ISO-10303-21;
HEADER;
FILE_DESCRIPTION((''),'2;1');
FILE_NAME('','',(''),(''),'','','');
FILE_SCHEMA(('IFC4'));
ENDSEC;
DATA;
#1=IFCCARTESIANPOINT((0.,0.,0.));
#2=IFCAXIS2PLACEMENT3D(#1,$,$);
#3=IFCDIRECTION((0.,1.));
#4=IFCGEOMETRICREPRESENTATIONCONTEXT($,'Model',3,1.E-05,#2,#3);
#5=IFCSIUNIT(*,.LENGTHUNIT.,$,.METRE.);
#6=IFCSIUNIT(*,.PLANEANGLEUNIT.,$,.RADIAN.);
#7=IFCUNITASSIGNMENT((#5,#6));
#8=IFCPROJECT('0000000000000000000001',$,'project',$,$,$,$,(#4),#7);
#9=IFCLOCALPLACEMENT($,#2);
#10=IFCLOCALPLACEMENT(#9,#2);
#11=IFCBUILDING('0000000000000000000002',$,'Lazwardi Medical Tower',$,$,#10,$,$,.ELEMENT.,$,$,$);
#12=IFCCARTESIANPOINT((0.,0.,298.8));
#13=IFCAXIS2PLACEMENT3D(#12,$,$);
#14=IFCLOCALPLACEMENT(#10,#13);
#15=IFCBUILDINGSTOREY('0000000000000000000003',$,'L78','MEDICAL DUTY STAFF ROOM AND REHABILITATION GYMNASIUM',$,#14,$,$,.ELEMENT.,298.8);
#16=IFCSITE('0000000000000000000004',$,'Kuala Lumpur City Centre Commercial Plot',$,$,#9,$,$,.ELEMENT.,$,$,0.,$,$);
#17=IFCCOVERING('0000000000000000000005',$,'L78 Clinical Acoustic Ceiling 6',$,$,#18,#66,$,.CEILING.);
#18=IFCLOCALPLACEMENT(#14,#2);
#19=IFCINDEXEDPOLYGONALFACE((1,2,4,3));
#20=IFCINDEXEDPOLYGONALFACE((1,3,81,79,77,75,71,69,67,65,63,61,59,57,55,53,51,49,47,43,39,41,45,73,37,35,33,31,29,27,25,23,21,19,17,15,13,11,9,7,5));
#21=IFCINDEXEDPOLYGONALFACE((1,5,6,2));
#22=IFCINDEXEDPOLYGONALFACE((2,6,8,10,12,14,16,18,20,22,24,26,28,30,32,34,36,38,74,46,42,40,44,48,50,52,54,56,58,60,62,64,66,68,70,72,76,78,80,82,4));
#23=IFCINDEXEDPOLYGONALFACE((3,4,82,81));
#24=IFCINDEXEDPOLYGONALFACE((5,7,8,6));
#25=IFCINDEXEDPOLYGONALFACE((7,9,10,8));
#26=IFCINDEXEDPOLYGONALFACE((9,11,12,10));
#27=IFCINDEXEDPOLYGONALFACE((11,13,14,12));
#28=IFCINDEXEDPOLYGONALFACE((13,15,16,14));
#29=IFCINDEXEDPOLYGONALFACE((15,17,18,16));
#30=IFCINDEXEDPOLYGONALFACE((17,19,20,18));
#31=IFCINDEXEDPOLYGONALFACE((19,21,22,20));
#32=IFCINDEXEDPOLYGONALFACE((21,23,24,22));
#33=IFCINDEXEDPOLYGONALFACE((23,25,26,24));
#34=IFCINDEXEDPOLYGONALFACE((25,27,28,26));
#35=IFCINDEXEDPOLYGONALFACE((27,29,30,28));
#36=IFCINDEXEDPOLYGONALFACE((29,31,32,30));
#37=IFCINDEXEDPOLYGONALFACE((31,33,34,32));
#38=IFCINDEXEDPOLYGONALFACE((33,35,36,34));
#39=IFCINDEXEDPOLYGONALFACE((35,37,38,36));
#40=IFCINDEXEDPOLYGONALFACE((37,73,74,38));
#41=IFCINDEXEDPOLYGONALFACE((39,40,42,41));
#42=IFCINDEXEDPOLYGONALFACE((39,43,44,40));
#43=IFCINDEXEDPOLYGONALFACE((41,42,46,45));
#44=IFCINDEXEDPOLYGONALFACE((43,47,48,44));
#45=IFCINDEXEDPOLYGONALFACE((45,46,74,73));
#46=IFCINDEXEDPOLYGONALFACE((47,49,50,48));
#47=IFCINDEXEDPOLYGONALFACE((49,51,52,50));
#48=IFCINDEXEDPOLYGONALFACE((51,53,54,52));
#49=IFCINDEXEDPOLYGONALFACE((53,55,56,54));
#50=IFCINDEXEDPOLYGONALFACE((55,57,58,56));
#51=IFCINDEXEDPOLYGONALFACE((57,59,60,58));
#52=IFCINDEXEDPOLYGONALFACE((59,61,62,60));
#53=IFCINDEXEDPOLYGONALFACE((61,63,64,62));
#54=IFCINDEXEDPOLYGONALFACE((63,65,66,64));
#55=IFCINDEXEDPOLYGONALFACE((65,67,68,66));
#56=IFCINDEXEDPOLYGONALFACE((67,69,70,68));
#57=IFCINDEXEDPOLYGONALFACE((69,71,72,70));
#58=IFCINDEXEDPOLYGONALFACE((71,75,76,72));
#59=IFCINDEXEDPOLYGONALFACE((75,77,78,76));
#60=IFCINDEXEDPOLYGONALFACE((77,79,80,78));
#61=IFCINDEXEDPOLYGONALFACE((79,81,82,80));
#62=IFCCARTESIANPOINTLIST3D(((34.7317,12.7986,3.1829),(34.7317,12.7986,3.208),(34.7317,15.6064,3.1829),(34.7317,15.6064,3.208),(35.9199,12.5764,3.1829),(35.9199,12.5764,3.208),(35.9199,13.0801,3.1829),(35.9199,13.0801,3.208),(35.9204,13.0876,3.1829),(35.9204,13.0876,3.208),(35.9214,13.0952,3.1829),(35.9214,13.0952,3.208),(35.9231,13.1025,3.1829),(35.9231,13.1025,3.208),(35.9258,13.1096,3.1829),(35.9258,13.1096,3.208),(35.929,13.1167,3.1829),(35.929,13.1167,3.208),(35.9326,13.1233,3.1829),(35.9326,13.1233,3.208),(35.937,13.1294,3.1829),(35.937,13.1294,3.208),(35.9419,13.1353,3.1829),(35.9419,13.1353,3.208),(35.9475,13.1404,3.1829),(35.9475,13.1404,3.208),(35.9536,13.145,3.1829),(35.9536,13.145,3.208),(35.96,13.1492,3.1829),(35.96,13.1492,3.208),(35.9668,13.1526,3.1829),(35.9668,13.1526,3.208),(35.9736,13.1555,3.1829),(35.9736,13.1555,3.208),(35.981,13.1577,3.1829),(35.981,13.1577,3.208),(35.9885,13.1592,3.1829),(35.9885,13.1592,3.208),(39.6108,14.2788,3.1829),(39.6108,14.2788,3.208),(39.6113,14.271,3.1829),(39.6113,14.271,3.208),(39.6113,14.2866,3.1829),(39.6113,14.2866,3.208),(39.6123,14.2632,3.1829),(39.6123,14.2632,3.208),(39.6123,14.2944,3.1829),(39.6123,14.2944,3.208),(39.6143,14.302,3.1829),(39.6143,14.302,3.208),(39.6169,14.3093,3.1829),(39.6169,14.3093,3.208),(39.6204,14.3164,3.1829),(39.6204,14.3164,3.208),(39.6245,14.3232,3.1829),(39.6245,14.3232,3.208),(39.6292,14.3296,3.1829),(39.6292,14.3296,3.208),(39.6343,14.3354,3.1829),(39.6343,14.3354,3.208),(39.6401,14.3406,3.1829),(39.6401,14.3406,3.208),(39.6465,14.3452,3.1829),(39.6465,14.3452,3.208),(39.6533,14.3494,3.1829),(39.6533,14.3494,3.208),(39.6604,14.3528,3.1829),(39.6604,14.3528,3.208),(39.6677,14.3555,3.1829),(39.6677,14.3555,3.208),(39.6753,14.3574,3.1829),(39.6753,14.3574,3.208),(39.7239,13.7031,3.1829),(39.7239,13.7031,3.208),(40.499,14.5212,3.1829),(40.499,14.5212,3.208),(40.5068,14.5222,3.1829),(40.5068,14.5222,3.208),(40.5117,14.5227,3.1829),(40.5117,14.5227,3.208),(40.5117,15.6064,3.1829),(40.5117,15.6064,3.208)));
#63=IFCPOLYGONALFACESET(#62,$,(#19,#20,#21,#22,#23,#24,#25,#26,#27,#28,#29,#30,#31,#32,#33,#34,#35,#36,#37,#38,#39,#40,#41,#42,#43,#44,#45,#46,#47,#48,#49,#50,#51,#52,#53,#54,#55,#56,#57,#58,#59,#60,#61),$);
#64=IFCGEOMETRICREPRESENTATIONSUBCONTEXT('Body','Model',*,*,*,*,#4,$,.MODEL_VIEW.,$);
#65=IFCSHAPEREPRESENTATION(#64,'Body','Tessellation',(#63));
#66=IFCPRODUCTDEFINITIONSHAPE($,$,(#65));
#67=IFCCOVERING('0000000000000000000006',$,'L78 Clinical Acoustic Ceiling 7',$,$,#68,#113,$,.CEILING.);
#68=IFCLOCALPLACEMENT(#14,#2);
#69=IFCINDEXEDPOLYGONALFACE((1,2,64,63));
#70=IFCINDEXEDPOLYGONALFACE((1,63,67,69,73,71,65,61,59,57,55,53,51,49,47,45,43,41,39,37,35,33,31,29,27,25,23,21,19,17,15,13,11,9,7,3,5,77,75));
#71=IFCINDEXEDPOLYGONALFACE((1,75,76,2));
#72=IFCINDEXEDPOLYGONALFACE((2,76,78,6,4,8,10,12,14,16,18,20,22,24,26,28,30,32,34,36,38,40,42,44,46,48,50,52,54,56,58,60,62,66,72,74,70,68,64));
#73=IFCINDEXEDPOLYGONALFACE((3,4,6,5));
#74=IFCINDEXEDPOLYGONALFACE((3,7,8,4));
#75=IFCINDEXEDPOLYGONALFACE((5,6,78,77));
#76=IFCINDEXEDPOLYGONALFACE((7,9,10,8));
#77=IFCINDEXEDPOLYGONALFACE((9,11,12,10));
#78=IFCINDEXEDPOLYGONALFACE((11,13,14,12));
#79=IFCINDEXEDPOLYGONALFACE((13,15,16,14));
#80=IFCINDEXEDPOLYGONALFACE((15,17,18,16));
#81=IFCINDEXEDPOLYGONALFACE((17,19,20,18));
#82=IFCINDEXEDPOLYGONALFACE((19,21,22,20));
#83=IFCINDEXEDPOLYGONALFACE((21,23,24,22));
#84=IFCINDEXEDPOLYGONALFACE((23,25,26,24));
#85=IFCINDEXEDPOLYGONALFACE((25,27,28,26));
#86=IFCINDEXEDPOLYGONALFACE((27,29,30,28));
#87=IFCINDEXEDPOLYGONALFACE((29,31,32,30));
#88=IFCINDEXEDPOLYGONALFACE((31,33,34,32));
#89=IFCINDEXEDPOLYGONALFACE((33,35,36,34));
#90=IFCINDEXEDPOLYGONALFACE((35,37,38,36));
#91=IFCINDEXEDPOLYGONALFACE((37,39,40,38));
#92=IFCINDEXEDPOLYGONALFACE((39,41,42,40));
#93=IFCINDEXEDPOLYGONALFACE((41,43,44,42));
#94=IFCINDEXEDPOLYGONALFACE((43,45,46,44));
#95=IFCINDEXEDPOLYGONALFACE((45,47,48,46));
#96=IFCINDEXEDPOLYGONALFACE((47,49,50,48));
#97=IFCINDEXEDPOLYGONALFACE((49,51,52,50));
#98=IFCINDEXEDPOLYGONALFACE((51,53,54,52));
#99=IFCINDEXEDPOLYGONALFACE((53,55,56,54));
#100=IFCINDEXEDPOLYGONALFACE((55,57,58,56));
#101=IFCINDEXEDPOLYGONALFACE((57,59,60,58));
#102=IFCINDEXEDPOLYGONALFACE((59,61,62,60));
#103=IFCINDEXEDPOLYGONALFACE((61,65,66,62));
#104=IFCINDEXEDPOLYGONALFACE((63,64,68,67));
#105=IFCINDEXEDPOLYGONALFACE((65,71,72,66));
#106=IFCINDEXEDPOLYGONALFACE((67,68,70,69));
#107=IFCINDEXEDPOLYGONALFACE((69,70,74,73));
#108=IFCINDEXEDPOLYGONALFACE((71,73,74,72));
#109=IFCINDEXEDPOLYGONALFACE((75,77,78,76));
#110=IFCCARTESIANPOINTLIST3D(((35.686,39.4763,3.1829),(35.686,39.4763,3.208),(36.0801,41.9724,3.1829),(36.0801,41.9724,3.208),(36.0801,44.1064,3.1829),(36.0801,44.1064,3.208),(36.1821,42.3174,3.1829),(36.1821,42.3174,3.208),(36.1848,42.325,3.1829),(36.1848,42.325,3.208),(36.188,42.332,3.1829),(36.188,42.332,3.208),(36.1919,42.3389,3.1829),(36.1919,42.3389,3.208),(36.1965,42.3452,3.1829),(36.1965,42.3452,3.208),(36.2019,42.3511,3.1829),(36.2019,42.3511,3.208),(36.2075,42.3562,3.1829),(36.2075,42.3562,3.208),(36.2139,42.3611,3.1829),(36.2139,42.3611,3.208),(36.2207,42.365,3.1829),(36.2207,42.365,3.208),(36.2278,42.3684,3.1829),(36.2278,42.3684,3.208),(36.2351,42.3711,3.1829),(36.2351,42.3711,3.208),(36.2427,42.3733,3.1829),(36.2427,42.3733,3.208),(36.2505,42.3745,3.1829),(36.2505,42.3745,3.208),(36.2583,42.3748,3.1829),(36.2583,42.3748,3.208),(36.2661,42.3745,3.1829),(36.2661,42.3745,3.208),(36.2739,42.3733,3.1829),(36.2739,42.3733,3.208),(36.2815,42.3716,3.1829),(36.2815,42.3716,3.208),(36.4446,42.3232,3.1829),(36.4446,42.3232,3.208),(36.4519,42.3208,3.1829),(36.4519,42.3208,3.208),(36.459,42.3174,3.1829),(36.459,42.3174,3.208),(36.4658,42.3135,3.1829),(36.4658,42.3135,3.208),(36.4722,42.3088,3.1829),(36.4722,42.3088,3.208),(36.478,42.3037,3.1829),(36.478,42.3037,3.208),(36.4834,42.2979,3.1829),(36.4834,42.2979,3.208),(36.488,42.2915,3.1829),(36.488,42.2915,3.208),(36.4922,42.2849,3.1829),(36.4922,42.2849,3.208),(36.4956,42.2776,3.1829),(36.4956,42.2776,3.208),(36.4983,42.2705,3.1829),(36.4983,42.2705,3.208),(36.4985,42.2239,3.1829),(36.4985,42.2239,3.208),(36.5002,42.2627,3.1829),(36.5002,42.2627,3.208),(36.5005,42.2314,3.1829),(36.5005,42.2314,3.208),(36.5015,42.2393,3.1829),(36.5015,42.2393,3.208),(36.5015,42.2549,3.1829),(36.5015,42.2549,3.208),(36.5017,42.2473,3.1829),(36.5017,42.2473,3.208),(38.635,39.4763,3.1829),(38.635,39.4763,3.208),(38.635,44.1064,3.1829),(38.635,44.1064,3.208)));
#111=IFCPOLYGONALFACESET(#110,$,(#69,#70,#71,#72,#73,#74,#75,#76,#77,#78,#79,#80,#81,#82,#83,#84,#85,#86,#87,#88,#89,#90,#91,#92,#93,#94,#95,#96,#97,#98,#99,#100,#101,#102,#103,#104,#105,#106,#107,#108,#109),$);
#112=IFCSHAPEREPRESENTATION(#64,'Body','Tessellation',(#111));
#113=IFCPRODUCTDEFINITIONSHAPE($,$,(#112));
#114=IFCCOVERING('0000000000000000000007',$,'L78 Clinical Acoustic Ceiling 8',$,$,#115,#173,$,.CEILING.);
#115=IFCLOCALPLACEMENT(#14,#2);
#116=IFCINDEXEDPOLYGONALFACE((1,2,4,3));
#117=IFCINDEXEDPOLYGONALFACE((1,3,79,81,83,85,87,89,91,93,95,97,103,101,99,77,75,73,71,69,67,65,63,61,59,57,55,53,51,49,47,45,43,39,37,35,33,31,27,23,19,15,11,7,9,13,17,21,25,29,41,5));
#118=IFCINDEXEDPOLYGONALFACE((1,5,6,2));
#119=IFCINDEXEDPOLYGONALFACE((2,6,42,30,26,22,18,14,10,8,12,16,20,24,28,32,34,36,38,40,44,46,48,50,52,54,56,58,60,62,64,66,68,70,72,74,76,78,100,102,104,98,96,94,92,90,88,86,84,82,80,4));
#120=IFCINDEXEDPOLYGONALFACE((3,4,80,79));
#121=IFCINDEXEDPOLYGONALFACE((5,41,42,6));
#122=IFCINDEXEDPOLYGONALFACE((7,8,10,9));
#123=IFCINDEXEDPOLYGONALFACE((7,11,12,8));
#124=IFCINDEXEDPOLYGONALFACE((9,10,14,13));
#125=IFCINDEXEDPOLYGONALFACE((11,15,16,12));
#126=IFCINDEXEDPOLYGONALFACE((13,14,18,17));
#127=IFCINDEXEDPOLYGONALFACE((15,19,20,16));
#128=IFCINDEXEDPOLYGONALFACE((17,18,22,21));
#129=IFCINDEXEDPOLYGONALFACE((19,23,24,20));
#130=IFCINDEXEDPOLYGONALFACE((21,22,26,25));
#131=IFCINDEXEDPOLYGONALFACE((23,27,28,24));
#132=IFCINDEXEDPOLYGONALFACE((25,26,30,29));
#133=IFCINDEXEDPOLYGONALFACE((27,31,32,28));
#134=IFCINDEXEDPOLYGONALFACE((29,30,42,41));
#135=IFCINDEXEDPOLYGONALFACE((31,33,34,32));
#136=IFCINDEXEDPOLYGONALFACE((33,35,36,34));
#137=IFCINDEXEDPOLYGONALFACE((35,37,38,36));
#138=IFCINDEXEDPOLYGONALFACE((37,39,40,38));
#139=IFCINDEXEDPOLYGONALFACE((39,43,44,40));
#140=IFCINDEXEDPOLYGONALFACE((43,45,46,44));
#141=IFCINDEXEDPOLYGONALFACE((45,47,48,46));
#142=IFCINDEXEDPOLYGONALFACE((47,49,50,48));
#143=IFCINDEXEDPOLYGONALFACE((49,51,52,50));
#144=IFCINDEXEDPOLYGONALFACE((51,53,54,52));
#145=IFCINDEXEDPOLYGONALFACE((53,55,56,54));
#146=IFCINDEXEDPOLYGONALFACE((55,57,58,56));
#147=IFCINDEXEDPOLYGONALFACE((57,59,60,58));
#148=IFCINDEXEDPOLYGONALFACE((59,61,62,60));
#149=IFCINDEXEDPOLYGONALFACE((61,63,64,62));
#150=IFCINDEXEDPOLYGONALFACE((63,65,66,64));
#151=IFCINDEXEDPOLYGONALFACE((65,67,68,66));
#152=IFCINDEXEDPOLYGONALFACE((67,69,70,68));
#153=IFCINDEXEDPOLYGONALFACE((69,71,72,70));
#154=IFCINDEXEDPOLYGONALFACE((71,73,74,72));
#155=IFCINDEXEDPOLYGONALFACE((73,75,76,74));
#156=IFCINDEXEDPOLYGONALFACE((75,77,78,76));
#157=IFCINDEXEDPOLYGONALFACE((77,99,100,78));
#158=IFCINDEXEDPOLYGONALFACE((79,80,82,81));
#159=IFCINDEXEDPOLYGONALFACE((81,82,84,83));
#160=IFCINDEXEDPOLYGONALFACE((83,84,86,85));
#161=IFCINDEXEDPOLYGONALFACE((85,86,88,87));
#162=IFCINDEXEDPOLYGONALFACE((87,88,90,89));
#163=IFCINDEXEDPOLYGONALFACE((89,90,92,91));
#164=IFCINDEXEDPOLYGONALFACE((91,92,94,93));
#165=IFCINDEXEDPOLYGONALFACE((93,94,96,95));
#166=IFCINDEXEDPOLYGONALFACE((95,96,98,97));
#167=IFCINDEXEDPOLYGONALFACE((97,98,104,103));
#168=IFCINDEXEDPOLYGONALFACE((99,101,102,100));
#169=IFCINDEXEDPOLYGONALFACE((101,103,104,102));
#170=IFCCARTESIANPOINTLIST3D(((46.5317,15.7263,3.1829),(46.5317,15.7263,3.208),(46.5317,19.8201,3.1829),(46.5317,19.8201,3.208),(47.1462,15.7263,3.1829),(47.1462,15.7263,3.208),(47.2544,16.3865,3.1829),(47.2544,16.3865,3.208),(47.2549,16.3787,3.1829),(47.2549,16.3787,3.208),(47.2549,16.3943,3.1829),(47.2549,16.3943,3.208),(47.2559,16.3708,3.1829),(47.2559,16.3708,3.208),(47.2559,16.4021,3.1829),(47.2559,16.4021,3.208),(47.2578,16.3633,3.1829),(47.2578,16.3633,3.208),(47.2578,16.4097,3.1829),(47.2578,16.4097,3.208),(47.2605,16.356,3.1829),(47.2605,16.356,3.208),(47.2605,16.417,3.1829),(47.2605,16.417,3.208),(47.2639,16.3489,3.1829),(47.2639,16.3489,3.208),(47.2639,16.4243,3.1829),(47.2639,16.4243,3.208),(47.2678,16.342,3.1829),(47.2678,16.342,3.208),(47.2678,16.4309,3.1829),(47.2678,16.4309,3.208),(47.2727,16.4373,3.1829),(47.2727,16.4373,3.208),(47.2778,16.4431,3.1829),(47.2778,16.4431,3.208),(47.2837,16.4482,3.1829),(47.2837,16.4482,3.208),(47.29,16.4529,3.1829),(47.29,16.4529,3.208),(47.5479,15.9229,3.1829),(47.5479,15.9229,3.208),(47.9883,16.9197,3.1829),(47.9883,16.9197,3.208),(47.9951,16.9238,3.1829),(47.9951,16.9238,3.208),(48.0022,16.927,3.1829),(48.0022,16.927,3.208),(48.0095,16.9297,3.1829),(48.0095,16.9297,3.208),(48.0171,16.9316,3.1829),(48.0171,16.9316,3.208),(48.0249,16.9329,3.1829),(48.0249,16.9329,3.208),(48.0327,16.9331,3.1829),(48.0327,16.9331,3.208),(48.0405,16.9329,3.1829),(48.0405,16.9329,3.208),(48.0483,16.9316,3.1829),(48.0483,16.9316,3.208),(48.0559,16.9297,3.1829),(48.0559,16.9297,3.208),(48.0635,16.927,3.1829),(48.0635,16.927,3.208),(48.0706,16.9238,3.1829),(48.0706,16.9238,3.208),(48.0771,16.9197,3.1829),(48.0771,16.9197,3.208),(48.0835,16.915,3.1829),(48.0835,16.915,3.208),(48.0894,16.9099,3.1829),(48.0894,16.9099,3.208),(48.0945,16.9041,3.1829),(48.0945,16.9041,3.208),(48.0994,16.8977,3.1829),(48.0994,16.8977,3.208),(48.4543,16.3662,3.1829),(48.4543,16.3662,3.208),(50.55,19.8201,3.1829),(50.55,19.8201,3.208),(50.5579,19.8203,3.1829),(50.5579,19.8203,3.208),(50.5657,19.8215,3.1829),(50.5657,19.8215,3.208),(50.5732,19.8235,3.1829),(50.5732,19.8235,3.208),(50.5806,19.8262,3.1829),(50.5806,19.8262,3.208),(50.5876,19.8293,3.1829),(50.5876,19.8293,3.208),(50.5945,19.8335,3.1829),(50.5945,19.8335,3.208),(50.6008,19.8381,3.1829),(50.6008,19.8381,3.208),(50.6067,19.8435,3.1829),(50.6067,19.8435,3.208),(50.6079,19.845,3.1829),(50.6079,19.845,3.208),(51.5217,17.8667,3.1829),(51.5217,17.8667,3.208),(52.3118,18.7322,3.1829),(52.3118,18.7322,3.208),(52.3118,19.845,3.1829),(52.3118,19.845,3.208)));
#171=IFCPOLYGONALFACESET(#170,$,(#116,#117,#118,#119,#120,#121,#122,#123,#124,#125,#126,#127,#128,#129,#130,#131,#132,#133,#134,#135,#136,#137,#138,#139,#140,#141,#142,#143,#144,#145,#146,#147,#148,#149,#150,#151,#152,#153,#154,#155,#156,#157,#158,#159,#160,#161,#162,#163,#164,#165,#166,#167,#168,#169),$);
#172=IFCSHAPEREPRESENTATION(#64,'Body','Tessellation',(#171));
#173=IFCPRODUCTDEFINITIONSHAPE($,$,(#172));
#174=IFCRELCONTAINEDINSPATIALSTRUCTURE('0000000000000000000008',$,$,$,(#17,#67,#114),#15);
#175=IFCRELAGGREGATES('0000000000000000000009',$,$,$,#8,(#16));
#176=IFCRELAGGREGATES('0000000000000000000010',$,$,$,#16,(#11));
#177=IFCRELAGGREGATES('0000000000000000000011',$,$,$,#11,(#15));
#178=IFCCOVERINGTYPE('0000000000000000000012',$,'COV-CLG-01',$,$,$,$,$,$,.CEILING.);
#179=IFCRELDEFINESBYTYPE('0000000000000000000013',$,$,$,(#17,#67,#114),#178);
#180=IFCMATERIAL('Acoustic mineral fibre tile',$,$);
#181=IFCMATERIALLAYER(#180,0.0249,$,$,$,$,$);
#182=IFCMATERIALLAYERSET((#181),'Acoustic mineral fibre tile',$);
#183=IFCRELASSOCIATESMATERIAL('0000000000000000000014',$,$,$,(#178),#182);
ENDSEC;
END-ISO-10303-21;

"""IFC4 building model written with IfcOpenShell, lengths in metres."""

from ifc_helpers import new_model, si_unit, direction, frame, origin, place, context, subcontext, project, spatial, polyline, outline, extrude, material, layer, layer_set, type_object, element, save


model = new_model("IFC4")

# Units and contexts
model_context = context("Model", 3, precision=1e-05, world=origin(), true_north=direction((0.0, 1.0)))
body_context = subcontext(model_context, "Body", "Model", "MODEL_VIEW")
ifc_project = project(units=[si_unit("LENGTHUNIT", "METRE"), si_unit("PLANEANGLEUNIT", "RADIAN")], contexts=[model_context])

# Site, building, storey
site_placement = place(None, origin())
site = spatial("IfcSite", under=ifc_project, at=site_placement, Name="Kuala Lumpur City Centre Commercial Plot", CompositionType="ELEMENT", RefElevation=0.0)
building_placement = place(site_placement, origin())
building = spatial("IfcBuilding", under=site, at=building_placement, Name="Lazwardi Medical Tower", CompositionType="ELEMENT")
storey_placement = place(building_placement, frame((0.0, 0.0, 298.8)))
storey = spatial("IfcBuildingStorey", under=building, at=storey_placement, Name="L78", Description="MEDICAL DUTY STAFF ROOM AND REHABILITATION GYMNASIUM", CompositionType="ELEMENT", Elevation=298.8)

# Coverings
ifc_material_1 = material(Name="Acoustic mineral fibre tile")
ifc_layer_1 = layer(ifc_material_1, 0.0249)
ifc_layer_set_1 = layer_set([ifc_layer_1], Name="Acoustic mineral fibre tile")
covering_type_1 = type_object("IfcCoveringType", Name="COV-CLG-01", PredefinedType="CEILING", material=ifc_layer_set_1)
covering_1_placement = place(storey_placement, frame((0.0, 0.0, 3.1829)))
element("IfcCovering", 1, at=covering_1_placement, inside=storey, type_object=covering_type_1, Name="L78 Clinical Acoustic Ceiling 6", PredefinedType="CEILING", context=body_context, shape_type="SweptSolid", body=[
    extrude(outline(polyline([(34.7317, 12.7986), (35.9199, 12.5764), (35.9199, 13.0801), (35.9204, 13.0876), (35.9214, 13.0952), (35.9231, 13.1025), (35.9258, 13.1096), (35.929, 13.1167), (35.9326, 13.1233), (35.937, 13.1294), (35.9419, 13.1353), (35.9475, 13.1404), (35.9536, 13.145), (35.96, 13.1492), (35.9668, 13.1526), (35.9736, 13.1555), (35.981, 13.1577), (35.9885, 13.1592), (39.7239, 13.7031), (39.6123, 14.2632), (39.6113, 14.271), (39.6108, 14.2788), (39.6113, 14.2866), (39.6123, 14.2944), (39.6143, 14.302), (39.6169, 14.3093), (39.6204, 14.3164), (39.6245, 14.3232), (39.6292, 14.3296), (39.6343, 14.3354), (39.6401, 14.3406), (39.6465, 14.3452), (39.6533, 14.3494), (39.6604, 14.3528), (39.6677, 14.3555), (39.6753, 14.3574), (40.499, 14.5212), (40.5068, 14.5222), (40.5117, 14.5227), (40.5117, 15.6064), (34.7317, 15.6064), (34.7317, 12.7986)])), origin(), (0.0, 0.0, 1.0), 0.0251),
])
covering_2_placement = place(storey_placement, frame((0.0, 0.0, 3.1829)))
element("IfcCovering", 2, at=covering_2_placement, inside=storey, type_object=covering_type_1, Name="L78 Clinical Acoustic Ceiling 7", PredefinedType="CEILING", context=body_context, shape_type="SweptSolid", body=[
    extrude(outline(polyline([(36.0801, 44.1064), (36.0801, 41.9724), (36.1821, 42.3174), (36.1848, 42.325), (36.188, 42.332), (36.1919, 42.3389), (36.1965, 42.3452), (36.2019, 42.3511), (36.2075, 42.3562), (36.2139, 42.3611), (36.2207, 42.365), (36.2278, 42.3684), (36.2351, 42.3711), (36.2427, 42.3733), (36.2505, 42.3745), (36.2583, 42.3748), (36.2661, 42.3745), (36.2739, 42.3733), (36.2815, 42.3716), (36.4446, 42.3232), (36.4519, 42.3208), (36.459, 42.3174), (36.4658, 42.3135), (36.4722, 42.3088), (36.478, 42.3037), (36.4834, 42.2979), (36.488, 42.2915), (36.4922, 42.2849), (36.4956, 42.2776), (36.4983, 42.2705), (36.5002, 42.2627), (36.5015, 42.2549), (36.5017, 42.2473), (36.5015, 42.2393), (36.5005, 42.2314), (36.4985, 42.2239), (35.686, 39.4763), (38.635, 39.4763), (38.635, 44.1064), (36.0801, 44.1064)])), origin(), (0.0, 0.0, 1.0), 0.0251),
])
covering_3_placement = place(storey_placement, frame((0.0, 0.0, 3.1829)))
element("IfcCovering", 3, at=covering_3_placement, inside=storey, type_object=covering_type_1, Name="L78 Clinical Acoustic Ceiling 8", PredefinedType="CEILING", context=body_context, shape_type="SweptSolid", body=[
    extrude(outline(polyline([(52.3118, 19.845), (50.6079, 19.845), (50.6067, 19.8435), (50.6008, 19.8381), (50.5945, 19.8335), (50.5876, 19.8293), (50.5806, 19.8262), (50.5732, 19.8235), (50.5657, 19.8215), (50.5579, 19.8203), (50.55, 19.8201), (46.5317, 19.8201), (46.5317, 15.7263), (47.1462, 15.7263), (47.5479, 15.9229), (47.2678, 16.342), (47.2639, 16.3489), (47.2605, 16.356), (47.2578, 16.3633), (47.2559, 16.3708), (47.2549, 16.3787), (47.2544, 16.3865), (47.2549, 16.3943), (47.2559, 16.4021), (47.2578, 16.4097), (47.2605, 16.417), (47.2639, 16.4243), (47.2678, 16.4309), (47.2727, 16.4373), (47.2778, 16.4431), (47.2837, 16.4482), (47.29, 16.4529), (47.9883, 16.9197), (47.9951, 16.9238), (48.0022, 16.927), (48.0095, 16.9297), (48.0171, 16.9316), (48.0249, 16.9329), (48.0327, 16.9331), (48.0405, 16.9329), (48.0483, 16.9316), (48.0559, 16.9297), (48.0635, 16.927), (48.0706, 16.9238), (48.0771, 16.9197), (48.0835, 16.915), (48.0894, 16.9099), (48.0945, 16.9041), (48.0994, 16.8977), (48.4543, 16.3662), (51.5217, 17.8667), (52.3118, 18.7322), (52.3118, 19.845)])), origin(), (0.0, 0.0, 1.0), 0.0251),
])

save(model, "model.ifc")
